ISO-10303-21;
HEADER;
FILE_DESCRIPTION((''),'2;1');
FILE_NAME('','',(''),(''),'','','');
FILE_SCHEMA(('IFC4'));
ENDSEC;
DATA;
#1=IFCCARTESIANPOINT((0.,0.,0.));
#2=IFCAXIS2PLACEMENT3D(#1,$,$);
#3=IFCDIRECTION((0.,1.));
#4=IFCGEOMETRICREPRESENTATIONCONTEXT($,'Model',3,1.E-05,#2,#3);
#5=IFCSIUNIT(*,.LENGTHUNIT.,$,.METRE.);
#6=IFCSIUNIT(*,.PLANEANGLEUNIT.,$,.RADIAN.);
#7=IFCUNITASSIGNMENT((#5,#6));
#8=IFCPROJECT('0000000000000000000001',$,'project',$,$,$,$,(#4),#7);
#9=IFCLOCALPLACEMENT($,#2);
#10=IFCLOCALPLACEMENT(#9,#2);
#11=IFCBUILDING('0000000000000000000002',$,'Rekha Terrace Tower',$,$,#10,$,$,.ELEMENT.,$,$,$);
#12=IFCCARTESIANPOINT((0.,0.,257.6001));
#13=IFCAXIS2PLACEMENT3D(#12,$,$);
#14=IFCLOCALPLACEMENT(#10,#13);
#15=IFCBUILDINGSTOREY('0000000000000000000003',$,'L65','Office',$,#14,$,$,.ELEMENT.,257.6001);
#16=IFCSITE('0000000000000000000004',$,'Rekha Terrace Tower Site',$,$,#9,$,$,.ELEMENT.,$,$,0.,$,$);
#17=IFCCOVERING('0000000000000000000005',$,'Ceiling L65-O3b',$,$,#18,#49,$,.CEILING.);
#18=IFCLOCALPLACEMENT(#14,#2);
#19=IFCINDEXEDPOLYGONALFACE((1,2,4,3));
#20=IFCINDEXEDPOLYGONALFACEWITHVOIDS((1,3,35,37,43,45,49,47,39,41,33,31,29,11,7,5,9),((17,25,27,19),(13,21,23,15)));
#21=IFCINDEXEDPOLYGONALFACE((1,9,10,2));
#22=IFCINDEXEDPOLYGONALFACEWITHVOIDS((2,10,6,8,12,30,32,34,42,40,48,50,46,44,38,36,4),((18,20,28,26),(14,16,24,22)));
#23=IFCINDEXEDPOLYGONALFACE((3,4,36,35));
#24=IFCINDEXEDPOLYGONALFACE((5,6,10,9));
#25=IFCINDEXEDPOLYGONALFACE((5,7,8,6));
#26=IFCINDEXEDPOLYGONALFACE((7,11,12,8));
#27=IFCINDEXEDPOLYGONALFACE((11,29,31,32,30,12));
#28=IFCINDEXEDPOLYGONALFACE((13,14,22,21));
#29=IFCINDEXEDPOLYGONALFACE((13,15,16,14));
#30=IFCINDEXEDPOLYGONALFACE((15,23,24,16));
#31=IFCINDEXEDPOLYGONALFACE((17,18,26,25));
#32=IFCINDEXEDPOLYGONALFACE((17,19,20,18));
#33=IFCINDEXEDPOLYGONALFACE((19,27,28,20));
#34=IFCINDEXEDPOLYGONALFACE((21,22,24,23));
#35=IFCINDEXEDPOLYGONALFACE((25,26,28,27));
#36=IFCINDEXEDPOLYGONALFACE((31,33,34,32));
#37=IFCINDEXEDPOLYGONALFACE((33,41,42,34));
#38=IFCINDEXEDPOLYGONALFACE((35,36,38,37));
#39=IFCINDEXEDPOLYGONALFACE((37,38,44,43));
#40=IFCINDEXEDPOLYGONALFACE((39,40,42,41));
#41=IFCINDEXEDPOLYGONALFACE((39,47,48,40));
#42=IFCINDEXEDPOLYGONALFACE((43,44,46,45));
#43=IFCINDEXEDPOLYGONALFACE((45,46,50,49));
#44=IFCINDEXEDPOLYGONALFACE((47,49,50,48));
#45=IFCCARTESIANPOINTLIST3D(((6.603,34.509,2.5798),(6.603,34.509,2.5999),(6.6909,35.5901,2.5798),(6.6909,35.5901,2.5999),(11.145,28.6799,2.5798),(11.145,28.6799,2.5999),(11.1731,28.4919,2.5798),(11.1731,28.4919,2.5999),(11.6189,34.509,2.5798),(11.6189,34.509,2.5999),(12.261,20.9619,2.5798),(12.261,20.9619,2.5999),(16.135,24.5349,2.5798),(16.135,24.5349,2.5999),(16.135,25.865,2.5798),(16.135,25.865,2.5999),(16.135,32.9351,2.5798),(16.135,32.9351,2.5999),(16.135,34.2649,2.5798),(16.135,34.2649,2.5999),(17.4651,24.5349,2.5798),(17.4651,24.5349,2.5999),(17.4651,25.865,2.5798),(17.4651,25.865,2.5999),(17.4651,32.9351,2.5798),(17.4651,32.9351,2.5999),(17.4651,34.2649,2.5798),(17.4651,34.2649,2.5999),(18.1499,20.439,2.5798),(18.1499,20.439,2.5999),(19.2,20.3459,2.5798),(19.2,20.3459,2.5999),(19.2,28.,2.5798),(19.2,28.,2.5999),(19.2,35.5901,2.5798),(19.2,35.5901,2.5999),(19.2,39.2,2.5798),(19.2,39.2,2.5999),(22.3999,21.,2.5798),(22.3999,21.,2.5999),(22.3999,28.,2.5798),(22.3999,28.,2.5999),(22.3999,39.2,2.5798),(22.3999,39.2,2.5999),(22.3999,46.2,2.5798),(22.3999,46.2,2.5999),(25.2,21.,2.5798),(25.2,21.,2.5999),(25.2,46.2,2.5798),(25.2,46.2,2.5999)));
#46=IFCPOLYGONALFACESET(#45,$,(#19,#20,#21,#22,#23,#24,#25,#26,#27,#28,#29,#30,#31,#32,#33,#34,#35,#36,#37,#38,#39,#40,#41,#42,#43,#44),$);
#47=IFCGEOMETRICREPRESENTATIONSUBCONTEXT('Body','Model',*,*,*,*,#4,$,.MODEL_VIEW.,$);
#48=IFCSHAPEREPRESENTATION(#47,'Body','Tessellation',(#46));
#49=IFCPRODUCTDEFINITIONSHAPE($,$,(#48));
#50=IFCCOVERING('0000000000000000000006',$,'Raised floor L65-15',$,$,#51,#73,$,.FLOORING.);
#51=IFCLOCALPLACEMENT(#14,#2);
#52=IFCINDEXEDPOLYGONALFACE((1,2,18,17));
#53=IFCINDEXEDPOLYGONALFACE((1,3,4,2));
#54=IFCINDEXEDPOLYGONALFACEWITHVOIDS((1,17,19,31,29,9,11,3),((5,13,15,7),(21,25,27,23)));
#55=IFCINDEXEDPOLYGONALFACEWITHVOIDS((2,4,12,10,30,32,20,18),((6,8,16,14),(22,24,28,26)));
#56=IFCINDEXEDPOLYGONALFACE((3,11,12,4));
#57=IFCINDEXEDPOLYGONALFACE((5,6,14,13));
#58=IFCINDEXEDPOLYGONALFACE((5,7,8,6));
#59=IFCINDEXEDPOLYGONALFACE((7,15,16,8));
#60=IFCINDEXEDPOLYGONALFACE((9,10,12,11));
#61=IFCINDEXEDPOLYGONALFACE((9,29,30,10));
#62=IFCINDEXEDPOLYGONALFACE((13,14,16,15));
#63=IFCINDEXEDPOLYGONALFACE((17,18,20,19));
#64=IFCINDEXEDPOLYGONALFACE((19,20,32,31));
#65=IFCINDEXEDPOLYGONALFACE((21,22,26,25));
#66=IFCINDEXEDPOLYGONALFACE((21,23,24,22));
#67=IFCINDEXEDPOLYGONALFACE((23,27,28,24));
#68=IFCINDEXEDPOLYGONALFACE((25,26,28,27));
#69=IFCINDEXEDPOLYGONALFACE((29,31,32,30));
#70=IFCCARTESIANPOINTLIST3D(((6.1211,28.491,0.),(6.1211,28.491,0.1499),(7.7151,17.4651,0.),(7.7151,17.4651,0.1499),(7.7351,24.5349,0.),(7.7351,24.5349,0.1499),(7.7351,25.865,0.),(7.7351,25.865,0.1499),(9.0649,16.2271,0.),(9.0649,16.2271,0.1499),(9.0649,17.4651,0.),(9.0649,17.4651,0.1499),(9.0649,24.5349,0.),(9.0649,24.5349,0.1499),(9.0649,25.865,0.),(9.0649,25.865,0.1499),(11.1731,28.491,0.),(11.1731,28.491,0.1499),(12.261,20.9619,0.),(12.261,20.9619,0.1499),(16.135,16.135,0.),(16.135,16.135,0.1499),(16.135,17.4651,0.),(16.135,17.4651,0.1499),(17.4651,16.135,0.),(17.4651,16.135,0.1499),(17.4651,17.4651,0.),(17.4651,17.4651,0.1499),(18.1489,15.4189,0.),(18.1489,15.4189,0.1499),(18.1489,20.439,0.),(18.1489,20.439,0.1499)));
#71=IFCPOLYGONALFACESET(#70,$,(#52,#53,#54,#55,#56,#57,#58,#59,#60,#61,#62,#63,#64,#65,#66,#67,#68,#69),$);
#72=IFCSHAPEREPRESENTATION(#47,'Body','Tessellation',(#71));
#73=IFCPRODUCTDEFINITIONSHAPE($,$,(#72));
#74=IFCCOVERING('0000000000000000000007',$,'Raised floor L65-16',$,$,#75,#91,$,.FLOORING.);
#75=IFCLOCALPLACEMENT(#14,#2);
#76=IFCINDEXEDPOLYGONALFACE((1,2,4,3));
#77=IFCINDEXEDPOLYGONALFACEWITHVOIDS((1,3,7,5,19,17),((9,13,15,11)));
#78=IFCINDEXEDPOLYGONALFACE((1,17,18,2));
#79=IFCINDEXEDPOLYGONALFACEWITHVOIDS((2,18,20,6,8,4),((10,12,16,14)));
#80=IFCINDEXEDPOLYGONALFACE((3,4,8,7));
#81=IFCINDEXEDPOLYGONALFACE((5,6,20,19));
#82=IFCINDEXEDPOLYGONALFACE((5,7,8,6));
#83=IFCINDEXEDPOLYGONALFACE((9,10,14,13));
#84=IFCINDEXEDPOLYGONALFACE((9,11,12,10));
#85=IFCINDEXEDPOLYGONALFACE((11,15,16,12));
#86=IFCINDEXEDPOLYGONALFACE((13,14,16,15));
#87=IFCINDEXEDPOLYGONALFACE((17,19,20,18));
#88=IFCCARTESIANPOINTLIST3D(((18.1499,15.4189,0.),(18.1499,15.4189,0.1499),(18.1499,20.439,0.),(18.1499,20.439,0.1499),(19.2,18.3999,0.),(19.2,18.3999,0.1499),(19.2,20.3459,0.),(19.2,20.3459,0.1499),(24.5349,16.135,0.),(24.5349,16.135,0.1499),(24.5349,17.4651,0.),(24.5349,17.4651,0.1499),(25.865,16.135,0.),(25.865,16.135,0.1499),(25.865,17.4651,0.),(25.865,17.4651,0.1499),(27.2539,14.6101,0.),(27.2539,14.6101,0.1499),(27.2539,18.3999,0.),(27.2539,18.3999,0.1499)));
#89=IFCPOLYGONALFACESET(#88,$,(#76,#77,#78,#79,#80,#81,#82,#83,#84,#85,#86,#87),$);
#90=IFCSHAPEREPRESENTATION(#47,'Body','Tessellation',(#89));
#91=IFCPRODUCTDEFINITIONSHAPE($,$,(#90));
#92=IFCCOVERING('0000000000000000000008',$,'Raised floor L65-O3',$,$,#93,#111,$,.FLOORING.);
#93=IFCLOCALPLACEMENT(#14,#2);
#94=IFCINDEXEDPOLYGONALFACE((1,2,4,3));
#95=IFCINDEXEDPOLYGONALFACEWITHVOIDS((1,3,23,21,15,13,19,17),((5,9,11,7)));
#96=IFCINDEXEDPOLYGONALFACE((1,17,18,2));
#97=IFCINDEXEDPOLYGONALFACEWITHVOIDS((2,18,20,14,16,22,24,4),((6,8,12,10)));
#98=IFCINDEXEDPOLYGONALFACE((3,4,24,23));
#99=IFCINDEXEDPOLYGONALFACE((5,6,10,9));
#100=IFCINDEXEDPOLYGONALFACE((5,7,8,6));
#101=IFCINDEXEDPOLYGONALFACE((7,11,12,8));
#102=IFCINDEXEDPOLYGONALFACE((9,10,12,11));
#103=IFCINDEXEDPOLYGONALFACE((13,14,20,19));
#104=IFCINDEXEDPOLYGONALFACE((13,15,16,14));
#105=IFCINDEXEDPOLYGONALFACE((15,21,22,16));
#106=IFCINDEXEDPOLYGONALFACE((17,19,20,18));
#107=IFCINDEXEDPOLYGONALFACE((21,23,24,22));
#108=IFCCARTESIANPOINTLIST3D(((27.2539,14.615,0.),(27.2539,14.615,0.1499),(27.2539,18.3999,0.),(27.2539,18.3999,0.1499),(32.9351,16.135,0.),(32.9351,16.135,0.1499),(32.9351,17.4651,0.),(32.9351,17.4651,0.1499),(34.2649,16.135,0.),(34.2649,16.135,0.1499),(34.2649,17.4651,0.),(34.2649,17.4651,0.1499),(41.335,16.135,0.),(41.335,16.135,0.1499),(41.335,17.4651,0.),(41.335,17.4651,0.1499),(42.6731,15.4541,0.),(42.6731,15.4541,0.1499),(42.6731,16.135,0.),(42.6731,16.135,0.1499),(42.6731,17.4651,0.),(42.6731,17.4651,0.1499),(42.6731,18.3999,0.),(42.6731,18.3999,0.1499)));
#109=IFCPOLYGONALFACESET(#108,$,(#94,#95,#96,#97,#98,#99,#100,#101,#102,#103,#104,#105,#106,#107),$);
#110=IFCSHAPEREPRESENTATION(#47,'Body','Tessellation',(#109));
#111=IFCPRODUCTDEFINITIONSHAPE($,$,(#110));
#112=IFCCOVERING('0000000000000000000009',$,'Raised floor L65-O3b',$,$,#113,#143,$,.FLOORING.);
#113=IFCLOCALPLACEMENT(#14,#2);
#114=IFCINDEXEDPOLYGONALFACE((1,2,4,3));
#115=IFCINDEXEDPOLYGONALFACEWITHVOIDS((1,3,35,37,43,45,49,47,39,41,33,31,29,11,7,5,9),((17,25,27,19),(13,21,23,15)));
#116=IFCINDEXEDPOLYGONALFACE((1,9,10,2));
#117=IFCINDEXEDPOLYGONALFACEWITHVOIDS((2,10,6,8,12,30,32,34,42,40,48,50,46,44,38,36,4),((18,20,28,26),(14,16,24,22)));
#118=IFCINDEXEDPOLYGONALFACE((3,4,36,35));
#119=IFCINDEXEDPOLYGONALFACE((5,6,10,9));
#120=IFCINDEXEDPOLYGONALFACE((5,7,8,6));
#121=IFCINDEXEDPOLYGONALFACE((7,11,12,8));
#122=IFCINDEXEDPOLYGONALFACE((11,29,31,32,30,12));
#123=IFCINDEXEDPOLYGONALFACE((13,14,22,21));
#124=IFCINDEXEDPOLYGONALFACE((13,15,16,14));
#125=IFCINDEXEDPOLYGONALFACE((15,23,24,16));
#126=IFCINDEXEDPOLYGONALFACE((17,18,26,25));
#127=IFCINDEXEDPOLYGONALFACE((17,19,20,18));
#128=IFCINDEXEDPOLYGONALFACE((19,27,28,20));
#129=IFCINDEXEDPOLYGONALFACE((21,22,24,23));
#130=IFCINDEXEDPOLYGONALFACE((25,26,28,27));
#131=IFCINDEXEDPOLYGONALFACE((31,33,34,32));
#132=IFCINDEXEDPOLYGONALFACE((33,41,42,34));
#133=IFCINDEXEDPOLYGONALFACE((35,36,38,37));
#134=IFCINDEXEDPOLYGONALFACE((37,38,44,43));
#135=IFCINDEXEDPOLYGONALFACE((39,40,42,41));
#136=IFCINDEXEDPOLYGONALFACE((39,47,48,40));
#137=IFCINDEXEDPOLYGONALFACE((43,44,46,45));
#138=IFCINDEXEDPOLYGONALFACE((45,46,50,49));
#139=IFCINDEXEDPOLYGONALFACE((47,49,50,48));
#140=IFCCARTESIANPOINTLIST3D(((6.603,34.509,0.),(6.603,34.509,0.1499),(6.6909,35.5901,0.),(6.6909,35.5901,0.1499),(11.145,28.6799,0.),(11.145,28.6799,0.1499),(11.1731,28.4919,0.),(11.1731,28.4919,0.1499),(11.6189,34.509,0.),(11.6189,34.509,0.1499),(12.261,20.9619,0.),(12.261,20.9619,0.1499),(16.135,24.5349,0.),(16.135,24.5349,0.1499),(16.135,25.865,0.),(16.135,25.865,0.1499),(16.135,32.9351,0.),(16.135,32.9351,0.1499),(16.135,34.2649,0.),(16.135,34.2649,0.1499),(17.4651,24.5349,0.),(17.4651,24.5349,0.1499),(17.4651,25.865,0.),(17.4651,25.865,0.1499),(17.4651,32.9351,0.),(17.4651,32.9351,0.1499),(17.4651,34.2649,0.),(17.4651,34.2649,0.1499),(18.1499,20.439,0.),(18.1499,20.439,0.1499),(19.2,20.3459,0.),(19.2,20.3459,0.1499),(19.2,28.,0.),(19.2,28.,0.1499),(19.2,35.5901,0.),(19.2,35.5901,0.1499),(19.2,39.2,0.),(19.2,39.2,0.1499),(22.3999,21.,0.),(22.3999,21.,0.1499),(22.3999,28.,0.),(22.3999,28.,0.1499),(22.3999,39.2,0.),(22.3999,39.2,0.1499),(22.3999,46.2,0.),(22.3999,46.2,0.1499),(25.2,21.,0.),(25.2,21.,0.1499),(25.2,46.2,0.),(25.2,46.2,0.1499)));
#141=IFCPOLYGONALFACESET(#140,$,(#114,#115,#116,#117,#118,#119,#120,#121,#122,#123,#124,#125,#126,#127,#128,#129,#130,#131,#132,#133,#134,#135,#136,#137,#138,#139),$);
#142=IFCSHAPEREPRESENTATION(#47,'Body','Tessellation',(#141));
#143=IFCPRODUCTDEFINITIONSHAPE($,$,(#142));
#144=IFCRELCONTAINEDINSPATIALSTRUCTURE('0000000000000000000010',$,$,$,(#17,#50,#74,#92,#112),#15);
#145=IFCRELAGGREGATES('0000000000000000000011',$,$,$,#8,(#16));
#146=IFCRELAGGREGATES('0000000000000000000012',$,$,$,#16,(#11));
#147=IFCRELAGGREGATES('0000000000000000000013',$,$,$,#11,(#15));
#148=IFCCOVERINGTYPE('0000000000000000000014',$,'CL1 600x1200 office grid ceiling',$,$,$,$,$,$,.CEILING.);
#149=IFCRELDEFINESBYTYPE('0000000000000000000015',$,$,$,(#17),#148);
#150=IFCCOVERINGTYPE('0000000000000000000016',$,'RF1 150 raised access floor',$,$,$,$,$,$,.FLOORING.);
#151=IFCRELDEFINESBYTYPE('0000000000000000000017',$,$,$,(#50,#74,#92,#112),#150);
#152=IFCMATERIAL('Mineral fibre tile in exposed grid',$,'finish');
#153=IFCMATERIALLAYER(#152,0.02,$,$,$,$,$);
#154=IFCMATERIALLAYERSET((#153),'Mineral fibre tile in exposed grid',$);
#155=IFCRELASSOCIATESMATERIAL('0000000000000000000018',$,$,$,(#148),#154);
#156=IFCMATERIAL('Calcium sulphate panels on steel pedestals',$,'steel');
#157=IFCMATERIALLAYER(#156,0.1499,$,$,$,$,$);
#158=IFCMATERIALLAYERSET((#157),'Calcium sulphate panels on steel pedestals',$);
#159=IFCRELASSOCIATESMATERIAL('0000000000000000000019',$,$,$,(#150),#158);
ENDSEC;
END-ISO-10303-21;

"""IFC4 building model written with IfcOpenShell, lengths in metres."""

from ifc_helpers import new_model, si_unit, direction, frame, origin, place, context, subcontext, project, spatial, polyline, outline, extrude, material, layer, layer_set, type_object, element, save


model = new_model("IFC4")

# Units and contexts
model_context = context("Model", 3, precision=1e-05, world=origin(), true_north=direction((0.0, 1.0)))
body_context = subcontext(model_context, "Body", "Model", "MODEL_VIEW")
ifc_project = project(units=[si_unit("LENGTHUNIT", "METRE"), si_unit("PLANEANGLEUNIT", "RADIAN")], contexts=[model_context])

# Site, building, storey
site_placement = place(None, origin())
site = spatial("IfcSite", under=ifc_project, at=site_placement, Name="Rekha Terrace Tower Site", CompositionType="ELEMENT", RefElevation=0.0)
building_placement = place(site_placement, origin())
building = spatial("IfcBuilding", under=site, at=building_placement, Name="Rekha Terrace Tower", CompositionType="ELEMENT")
storey_placement = place(building_placement, frame((0.0, 0.0, 257.6001)))
storey = spatial("IfcBuildingStorey", under=building, at=storey_placement, Name="L65", Description="Office", CompositionType="ELEMENT", Elevation=257.6001)

# Coverings
ifc_material_1 = material(Name="Mineral fibre tile in exposed grid", Category="finish")
ifc_layer_1 = layer(ifc_material_1, 0.02)
ifc_layer_set_1 = layer_set([ifc_layer_1], Name="Mineral fibre tile in exposed grid")
covering_type_1 = type_object("IfcCoveringType", Name="CL1 600x1200 office grid ceiling", PredefinedType="CEILING", material=ifc_layer_set_1)
covering_1_placement = place(storey_placement, frame((0.0, 0.0, 2.5798)))
element("IfcCovering", 1, at=covering_1_placement, inside=storey, type_object=covering_type_1, Name="Ceiling L65-O3b", PredefinedType="CEILING", context=body_context, shape_type="SweptSolid", body=[
    extrude(outline(polyline([(11.145, 28.6799), (11.1731, 28.4919), (12.261, 20.9619), (18.1499, 20.439), (19.2, 20.3459), (19.2, 28.0), (22.3999, 28.0), (22.3999, 21.0), (25.2, 21.0), (25.2, 46.2), (22.3999, 46.2), (22.3999, 39.2), (19.2, 39.2), (19.2, 35.5901), (6.6909, 35.5901), (6.603, 34.509), (11.6189, 34.509), (11.145, 28.6799)]), holes=[polyline([(17.4651, 25.865), (17.4651, 24.5349), (16.135, 24.5349), (16.135, 25.865), (17.4651, 25.865)]), polyline([(17.4651, 34.2649), (17.4651, 32.9351), (16.135, 32.9351), (16.135, 34.2649), (17.4651, 34.2649)])]), origin(), (0.0, 0.0, 1.0), 0.02),
])
ifc_material_2 = material(Name="Calcium sulphate panels on steel pedestals", Category="steel")
ifc_layer_2 = layer(ifc_material_2, 0.1499)
ifc_layer_set_2 = layer_set([ifc_layer_2], Name="Calcium sulphate panels on steel pedestals")
covering_type_2 = type_object("IfcCoveringType", Name="RF1 150 raised access floor", PredefinedType="FLOORING", material=ifc_layer_set_2)
covering_2_placement = place(storey_placement, origin())
element("IfcCovering", 2, at=covering_2_placement, inside=storey, type_object=covering_type_2, Name="Raised floor L65-15", PredefinedType="FLOORING", context=body_context, shape_type="SweptSolid", body=[
    extrude(outline(polyline([(6.1211, 28.491), (7.7151, 17.4651), (9.0649, 17.4651), (9.0649, 16.2271), (18.1489, 15.4189), (18.1489, 20.439), (12.261, 20.9619), (11.1731, 28.491), (6.1211, 28.491)]), holes=[polyline([(17.4651, 17.4651), (17.4651, 16.135), (16.135, 16.135), (16.135, 17.4651), (17.4651, 17.4651)]), polyline([(9.0649, 25.865), (9.0649, 24.5349), (7.7351, 24.5349), (7.7351, 25.865), (9.0649, 25.865)])]), origin(), (0.0, 0.0, 1.0), 0.1499),
])
covering_3_placement = place(storey_placement, origin())
element("IfcCovering", 3, at=covering_3_placement, inside=storey, type_object=covering_type_2, Name="Raised floor L65-16", PredefinedType="FLOORING", context=body_context, shape_type="SweptSolid", body=[
    extrude(outline(polyline([(27.2539, 14.6101), (27.2539, 18.3999), (19.2, 18.3999), (19.2, 20.3459), (18.1499, 20.439), (18.1499, 15.4189), (27.2539, 14.6101)]), holes=[polyline([(25.865, 17.4651), (25.865, 16.135), (24.5349, 16.135), (24.5349, 17.4651), (25.865, 17.4651)])]), origin(), (0.0, 0.0, 1.0), 0.1499),
])
covering_4_placement = place(storey_placement, origin())
element("IfcCovering", 4, at=covering_4_placement, inside=storey, type_object=covering_type_2, Name="Raised floor L65-O3", PredefinedType="FLOORING", context=body_context, shape_type="SweptSolid", body=[
    extrude(outline(polyline([(27.2539, 18.3999), (27.2539, 14.615), (42.6731, 15.4541), (42.6731, 16.135), (41.335, 16.135), (41.335, 17.4651), (42.6731, 17.4651), (42.6731, 18.3999), (27.2539, 18.3999)]), holes=[polyline([(34.2649, 16.135), (32.9351, 16.135), (32.9351, 17.4651), (34.2649, 17.4651), (34.2649, 16.135)])]), origin(), (0.0, 0.0, 1.0), 0.1499),
])
covering_5_placement = place(storey_placement, origin())
element("IfcCovering", 5, at=covering_5_placement, inside=storey, type_object=covering_type_2, Name="Raised floor L65-O3b", PredefinedType="FLOORING", context=body_context, shape_type="SweptSolid", body=[
    extrude(outline(polyline([(11.145, 28.6799), (11.1731, 28.4919), (12.261, 20.9619), (18.1499, 20.439), (19.2, 20.3459), (19.2, 28.0), (22.3999, 28.0), (22.3999, 21.0), (25.2, 21.0), (25.2, 46.2), (22.3999, 46.2), (22.3999, 39.2), (19.2, 39.2), (19.2, 35.5901), (6.6909, 35.5901), (6.603, 34.509), (11.6189, 34.509), (11.145, 28.6799)]), holes=[polyline([(17.4651, 25.865), (17.4651, 24.5349), (16.135, 24.5349), (16.135, 25.865), (17.4651, 25.865)]), polyline([(17.4651, 34.2649), (17.4651, 32.9351), (16.135, 32.9351), (16.135, 34.2649), (17.4651, 34.2649)])]), origin(), (0.0, 0.0, 1.0), 0.1499),
])

save(model, "model.ifc")
